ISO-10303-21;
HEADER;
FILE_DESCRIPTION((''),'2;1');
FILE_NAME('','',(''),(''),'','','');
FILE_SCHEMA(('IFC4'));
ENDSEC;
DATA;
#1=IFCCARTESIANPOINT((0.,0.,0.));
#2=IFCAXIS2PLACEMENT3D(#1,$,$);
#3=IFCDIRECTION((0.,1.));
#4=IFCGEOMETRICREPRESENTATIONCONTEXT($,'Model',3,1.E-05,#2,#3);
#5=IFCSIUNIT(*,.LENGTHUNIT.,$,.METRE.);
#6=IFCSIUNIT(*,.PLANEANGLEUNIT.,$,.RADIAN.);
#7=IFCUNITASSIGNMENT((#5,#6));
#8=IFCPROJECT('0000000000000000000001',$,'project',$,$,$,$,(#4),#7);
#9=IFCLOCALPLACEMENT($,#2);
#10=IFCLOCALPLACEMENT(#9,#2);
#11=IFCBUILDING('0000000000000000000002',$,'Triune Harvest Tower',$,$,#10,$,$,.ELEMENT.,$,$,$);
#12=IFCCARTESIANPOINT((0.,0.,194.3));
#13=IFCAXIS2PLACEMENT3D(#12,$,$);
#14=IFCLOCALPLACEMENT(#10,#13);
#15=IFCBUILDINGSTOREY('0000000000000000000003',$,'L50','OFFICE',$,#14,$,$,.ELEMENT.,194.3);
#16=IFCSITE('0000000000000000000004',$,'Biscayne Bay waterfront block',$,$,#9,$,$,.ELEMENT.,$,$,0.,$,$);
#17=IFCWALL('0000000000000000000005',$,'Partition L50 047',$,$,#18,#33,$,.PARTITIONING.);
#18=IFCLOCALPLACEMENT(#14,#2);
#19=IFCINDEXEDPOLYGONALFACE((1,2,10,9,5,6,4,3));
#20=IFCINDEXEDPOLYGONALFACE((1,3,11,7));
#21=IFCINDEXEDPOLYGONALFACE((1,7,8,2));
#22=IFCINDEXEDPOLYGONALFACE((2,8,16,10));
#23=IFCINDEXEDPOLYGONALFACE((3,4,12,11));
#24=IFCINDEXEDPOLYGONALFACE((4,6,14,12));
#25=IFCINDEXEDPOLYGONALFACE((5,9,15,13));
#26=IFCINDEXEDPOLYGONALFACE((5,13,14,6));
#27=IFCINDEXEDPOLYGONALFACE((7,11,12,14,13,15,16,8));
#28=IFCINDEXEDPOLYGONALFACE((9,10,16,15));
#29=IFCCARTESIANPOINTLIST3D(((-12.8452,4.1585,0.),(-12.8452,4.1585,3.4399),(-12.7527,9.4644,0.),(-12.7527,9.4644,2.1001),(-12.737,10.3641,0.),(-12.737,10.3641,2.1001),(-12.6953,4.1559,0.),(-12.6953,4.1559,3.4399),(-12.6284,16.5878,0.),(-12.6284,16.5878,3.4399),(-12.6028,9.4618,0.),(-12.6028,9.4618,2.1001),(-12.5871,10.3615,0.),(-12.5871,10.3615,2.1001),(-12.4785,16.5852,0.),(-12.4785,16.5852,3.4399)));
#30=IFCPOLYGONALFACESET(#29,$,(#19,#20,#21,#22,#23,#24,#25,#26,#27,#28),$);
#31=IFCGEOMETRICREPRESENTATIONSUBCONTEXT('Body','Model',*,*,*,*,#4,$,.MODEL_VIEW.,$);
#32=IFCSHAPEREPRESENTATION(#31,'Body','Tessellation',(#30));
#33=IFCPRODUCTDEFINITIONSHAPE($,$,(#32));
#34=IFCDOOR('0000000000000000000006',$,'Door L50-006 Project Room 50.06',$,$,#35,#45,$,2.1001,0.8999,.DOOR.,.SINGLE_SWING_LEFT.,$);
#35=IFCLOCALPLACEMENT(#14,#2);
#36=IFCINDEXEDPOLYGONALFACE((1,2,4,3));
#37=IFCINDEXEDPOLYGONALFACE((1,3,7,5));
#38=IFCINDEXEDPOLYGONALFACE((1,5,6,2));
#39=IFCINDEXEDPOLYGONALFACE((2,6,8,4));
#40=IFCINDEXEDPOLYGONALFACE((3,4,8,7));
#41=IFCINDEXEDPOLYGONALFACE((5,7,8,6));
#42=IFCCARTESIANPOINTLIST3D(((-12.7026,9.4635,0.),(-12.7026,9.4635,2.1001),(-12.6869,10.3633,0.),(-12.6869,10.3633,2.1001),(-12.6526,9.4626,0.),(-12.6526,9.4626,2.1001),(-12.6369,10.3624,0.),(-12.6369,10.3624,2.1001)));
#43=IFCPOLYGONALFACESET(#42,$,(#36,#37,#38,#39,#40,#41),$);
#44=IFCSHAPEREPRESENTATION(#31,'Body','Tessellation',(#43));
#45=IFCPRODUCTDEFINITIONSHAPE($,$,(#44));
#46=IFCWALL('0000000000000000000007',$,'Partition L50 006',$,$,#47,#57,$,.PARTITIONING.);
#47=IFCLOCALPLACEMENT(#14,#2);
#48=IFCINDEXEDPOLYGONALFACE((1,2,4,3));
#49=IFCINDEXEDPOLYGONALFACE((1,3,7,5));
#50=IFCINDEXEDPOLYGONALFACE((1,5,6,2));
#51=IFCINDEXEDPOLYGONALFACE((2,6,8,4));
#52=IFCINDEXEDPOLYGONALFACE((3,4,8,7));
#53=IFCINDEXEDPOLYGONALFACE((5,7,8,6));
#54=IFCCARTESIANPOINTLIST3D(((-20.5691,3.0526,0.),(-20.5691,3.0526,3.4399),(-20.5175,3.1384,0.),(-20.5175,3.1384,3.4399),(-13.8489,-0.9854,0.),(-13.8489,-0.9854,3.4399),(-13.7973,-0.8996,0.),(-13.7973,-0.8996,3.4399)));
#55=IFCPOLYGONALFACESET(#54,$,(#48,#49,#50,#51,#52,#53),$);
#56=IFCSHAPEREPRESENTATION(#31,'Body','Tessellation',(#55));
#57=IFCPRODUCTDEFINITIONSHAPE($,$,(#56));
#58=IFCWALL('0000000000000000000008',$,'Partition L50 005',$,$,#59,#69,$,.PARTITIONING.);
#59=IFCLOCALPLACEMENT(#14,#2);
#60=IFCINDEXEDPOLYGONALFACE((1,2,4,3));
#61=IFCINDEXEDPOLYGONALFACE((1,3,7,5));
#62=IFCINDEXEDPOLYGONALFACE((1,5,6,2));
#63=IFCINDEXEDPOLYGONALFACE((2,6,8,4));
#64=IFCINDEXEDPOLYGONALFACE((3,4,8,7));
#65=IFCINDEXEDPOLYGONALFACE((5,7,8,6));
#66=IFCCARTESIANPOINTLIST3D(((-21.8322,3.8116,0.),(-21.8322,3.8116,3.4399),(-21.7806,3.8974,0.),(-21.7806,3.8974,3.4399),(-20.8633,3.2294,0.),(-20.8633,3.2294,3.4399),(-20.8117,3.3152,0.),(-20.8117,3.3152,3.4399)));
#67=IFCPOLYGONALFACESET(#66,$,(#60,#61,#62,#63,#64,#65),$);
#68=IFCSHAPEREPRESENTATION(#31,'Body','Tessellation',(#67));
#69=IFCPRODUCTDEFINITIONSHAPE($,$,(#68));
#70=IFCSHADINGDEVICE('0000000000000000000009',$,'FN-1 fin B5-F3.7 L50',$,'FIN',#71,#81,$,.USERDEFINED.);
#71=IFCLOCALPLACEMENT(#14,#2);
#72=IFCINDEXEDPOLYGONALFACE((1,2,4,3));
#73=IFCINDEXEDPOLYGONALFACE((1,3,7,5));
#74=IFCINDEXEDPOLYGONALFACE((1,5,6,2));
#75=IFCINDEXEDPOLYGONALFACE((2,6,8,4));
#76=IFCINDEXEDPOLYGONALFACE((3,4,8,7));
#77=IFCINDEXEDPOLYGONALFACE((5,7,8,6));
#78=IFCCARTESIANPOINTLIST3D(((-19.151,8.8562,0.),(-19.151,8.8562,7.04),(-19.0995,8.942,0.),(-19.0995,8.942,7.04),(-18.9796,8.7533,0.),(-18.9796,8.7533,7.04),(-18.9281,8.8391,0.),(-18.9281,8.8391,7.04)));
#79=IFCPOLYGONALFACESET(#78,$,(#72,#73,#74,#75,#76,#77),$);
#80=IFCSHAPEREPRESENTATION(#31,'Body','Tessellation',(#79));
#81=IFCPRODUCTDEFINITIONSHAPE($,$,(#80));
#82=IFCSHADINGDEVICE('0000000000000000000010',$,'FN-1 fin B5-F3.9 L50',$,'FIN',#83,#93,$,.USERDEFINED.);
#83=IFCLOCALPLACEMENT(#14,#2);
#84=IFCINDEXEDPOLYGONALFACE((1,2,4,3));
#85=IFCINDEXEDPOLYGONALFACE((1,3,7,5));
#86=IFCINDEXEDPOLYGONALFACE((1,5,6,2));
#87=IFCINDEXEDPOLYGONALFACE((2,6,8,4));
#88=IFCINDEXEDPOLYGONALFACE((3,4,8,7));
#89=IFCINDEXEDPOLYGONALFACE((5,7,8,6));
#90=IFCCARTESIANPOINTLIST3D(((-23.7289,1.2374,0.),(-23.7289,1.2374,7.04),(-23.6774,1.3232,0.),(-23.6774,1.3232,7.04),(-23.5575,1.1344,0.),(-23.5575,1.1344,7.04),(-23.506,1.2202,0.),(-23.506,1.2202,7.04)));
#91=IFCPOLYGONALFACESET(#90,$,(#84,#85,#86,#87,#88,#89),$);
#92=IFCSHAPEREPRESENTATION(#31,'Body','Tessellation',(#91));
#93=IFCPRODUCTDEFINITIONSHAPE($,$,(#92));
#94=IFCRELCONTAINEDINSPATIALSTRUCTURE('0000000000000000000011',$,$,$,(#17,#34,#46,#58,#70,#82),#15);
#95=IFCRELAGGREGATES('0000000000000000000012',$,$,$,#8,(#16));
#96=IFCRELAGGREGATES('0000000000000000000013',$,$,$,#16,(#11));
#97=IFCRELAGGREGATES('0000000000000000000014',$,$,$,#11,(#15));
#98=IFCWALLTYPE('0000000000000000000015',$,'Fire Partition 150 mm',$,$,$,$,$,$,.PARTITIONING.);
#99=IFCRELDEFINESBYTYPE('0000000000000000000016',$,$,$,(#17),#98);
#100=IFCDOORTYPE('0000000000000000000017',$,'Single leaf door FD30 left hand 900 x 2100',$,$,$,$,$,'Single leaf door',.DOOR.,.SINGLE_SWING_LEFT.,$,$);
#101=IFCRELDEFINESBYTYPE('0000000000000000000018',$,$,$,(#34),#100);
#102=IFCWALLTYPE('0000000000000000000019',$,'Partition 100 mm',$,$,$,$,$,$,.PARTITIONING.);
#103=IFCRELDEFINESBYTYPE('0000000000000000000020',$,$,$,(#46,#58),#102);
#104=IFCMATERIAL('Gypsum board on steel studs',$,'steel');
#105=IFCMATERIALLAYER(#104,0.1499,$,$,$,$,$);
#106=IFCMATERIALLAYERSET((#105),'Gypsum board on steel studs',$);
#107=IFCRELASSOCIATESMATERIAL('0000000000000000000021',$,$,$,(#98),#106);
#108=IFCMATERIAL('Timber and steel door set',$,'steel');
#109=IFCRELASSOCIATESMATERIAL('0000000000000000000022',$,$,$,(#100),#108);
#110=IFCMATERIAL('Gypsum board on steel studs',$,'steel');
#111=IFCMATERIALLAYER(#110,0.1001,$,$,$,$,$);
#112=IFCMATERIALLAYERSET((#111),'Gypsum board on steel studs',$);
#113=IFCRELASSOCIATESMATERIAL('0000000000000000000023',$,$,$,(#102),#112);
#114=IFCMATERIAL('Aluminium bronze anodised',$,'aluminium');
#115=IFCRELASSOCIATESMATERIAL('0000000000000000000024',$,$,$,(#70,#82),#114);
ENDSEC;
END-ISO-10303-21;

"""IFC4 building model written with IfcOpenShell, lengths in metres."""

from ifc_helpers import new_model, si_unit, direction, frame, frame_2d, origin, origin_2d, place, context, subcontext, project, spatial, rectangle, extrude, source, transform, mapped, material, layer, layer_set, type_object, element, fill, save


model = new_model("IFC4")

# Units and contexts
model_context = context("Model", 3, precision=1e-05, world=origin(), true_north=direction((0.0, 1.0)))
body_context = subcontext(model_context, "Body", "Model", "MODEL_VIEW")
ifc_project = project(units=[si_unit("LENGTHUNIT", "METRE"), si_unit("PLANEANGLEUNIT", "RADIAN")], contexts=[model_context])

# Site, building, storey
site_placement = place(None, origin())
site = spatial("IfcSite", under=ifc_project, at=site_placement, Name="Biscayne Bay waterfront block", CompositionType="ELEMENT", RefElevation=0.0)
building_placement = place(site_placement, origin())
building = spatial("IfcBuilding", under=site, at=building_placement, Name="Triune Harvest Tower", CompositionType="ELEMENT")
storey_placement = place(building_placement, frame((0.0, 0.0, 194.3)))
storey = spatial("IfcBuildingStorey", under=building, at=storey_placement, Name="L50", Description="OFFICE", CompositionType="ELEMENT", Elevation=194.3)

# Shared definitions
ifc_material_1 = material(Name="Gypsum board on steel studs", Category="steel")
ifc_layer_1 = layer(ifc_material_1, 0.1499)
ifc_layer_set_1 = layer_set([ifc_layer_1], Name="Gypsum board on steel studs")
wall_type_1 = type_object("IfcWallType", Name="Fire Partition 150 mm", PredefinedType="PARTITIONING", material=ifc_layer_set_1)

# Wall, opening, door
wall_1_placement = place(storey_placement, frame((-12.7703, 4.1572, 0.0), z_axis=(0.0, 0.0, 1.0), x_axis=(0.01744, 0.999848, 0.0)))
wall_1 = element("IfcWall", 1, at=wall_1_placement, inside=storey, type_object=wall_type_1, Name="Partition L50 047", PredefinedType="PARTITIONING", context=body_context, shape_type="SweptSolid", body=[
    extrude(rectangle(XDim=12.4312, YDim=0.1499, at=frame_2d((6.2156, 0.0))), origin(), (0.0, 0.0, 1.0), 3.4399),
])
opening_1_placement = place(wall_1_placement, frame((5.3066, 0.0, 0.0)))
opening_1 = element("IfcOpeningElement", 2, at=opening_1_placement, cuts=wall_1, PredefinedType="OPENING", context=body_context, shape_type="SweptSolid", body=[
    extrude(rectangle(XDim=0.8999, YDim=2.1001, at=frame_2d((0.45, 1.05))), frame((0.0, 0.085, 0.0), z_axis=(0.0, -1.0, 0.0), x_axis=(1.0, 0.0, 0.0)), (0.0, 0.0, 1.0), 0.1699),
])
ifc_material_2 = material(Name="Timber and steel door set", Category="steel")
door_type_1 = type_object("IfcDoorType", Name="Single leaf door FD30 left hand 900 x 2100", ElementType="Single leaf door", OperationType="SINGLE_SWING_LEFT", PredefinedType="DOOR", material=ifc_material_2)
door_1_placement = place(opening_1_placement, origin())
door_1 = element("IfcDoor", 3, at=door_1_placement, inside=storey, type_object=door_type_1, Name="Door L50-006 Project Room 50.06", OperationType="SINGLE_SWING_LEFT", OverallHeight=2.1001, OverallWidth=0.8999, PredefinedType="DOOR", context=body_context, shape_type="SweptSolid", body=[
    extrude(rectangle(XDim=0.8999, YDim=2.1001, at=frame_2d((0.45, 1.05))), frame((0.0, 0.0249, 0.0), z_axis=(0.0, -1.0, 0.0), x_axis=(1.0, 0.0, 0.0)), (0.0, 0.0, 1.0), 0.05),
])
fill(opening_1, door_1)

# Walls
ifc_material_3 = material(Name="Gypsum board on steel studs", Category="steel")
ifc_layer_2 = layer(ifc_material_3, 0.1001)
ifc_layer_set_2 = layer_set([ifc_layer_2], Name="Gypsum board on steel studs")
wall_type_2 = type_object("IfcWallType", Name="Partition 100 mm", PredefinedType="PARTITIONING", material=ifc_layer_set_2)
wall_2_placement = place(storey_placement, frame((-20.5432, 3.0955, 0.0), z_axis=(0.0, 0.0, 1.0), x_axis=(0.857158, -0.515054, 0.0)))
element("IfcWall", 4, at=wall_2_placement, inside=storey, type_object=wall_type_2, Name="Partition L50 006", PredefinedType="PARTITIONING", context=body_context, shape_type="SweptSolid", body=[
    extrude(rectangle(XDim=7.8401, YDim=0.1001, at=frame_2d((3.9199, 0.0))), origin(), (0.0, 0.0, 1.0), 3.4399),
])
shared_shape_1 = source(origin(), body_context, "Body", "SweptSolid", [
    extrude(rectangle(XDim=1.1304, YDim=0.1001, at=frame_2d((0.5652, 0.0))), origin(), (0.0, 0.0, 1.0), 3.4399),
])
wall_3_placement = place(storey_placement, frame((-21.8064, 3.8545, 0.0), z_axis=(0.0, 0.0, 1.0), x_axis=(0.85715, -0.515067, 0.0)))
element("IfcWall", 5, at=wall_3_placement, inside=storey, type_object=wall_type_2, Name="Partition L50 005", PredefinedType="PARTITIONING", context=body_context, shape_type="MappedRepresentation", body=[
    mapped(shared_shape_1, transform((0.0, 0.0, 0.0), scale=1.0)),
])

# Shading devices
ifc_material_4 = material(Name="Aluminium bronze anodised", Category="aluminium")
shared_shape_2 = source(origin(), body_context, "Body", "SweptSolid", [
    extrude(rectangle(XDim=0.1001, YDim=0.2, at=origin_2d()), origin(), (0.0, 0.0, 1.0), 7.04),
])
for number, where, z_axis, x_axis, name in (
    (6, (-19.0396, 8.8477, 0.0), (0.0, 0.0, 1.0), (-0.515037, -0.857168, 0.0), "FN-1 fin B5-F3.7 L50"),
    (7, (-23.6174, 1.2288, 0.0), (0.0, 0.0, 1.0), (-0.515037, -0.857168, 0.0), "FN-1 fin B5-F3.9 L50"),
):
    element("IfcShadingDevice", number, at=place(storey_placement, frame(where, z_axis=z_axis, x_axis=x_axis)), inside=storey, material=ifc_material_4, Name=name, ObjectType="FIN", PredefinedType="USERDEFINED", context=body_context, shape_type="MappedRepresentation", body=[
        mapped(shared_shape_2, transform((0.0, 0.0, 0.0), scale=1.0)),
    ])

save(model, "model.ifc")
